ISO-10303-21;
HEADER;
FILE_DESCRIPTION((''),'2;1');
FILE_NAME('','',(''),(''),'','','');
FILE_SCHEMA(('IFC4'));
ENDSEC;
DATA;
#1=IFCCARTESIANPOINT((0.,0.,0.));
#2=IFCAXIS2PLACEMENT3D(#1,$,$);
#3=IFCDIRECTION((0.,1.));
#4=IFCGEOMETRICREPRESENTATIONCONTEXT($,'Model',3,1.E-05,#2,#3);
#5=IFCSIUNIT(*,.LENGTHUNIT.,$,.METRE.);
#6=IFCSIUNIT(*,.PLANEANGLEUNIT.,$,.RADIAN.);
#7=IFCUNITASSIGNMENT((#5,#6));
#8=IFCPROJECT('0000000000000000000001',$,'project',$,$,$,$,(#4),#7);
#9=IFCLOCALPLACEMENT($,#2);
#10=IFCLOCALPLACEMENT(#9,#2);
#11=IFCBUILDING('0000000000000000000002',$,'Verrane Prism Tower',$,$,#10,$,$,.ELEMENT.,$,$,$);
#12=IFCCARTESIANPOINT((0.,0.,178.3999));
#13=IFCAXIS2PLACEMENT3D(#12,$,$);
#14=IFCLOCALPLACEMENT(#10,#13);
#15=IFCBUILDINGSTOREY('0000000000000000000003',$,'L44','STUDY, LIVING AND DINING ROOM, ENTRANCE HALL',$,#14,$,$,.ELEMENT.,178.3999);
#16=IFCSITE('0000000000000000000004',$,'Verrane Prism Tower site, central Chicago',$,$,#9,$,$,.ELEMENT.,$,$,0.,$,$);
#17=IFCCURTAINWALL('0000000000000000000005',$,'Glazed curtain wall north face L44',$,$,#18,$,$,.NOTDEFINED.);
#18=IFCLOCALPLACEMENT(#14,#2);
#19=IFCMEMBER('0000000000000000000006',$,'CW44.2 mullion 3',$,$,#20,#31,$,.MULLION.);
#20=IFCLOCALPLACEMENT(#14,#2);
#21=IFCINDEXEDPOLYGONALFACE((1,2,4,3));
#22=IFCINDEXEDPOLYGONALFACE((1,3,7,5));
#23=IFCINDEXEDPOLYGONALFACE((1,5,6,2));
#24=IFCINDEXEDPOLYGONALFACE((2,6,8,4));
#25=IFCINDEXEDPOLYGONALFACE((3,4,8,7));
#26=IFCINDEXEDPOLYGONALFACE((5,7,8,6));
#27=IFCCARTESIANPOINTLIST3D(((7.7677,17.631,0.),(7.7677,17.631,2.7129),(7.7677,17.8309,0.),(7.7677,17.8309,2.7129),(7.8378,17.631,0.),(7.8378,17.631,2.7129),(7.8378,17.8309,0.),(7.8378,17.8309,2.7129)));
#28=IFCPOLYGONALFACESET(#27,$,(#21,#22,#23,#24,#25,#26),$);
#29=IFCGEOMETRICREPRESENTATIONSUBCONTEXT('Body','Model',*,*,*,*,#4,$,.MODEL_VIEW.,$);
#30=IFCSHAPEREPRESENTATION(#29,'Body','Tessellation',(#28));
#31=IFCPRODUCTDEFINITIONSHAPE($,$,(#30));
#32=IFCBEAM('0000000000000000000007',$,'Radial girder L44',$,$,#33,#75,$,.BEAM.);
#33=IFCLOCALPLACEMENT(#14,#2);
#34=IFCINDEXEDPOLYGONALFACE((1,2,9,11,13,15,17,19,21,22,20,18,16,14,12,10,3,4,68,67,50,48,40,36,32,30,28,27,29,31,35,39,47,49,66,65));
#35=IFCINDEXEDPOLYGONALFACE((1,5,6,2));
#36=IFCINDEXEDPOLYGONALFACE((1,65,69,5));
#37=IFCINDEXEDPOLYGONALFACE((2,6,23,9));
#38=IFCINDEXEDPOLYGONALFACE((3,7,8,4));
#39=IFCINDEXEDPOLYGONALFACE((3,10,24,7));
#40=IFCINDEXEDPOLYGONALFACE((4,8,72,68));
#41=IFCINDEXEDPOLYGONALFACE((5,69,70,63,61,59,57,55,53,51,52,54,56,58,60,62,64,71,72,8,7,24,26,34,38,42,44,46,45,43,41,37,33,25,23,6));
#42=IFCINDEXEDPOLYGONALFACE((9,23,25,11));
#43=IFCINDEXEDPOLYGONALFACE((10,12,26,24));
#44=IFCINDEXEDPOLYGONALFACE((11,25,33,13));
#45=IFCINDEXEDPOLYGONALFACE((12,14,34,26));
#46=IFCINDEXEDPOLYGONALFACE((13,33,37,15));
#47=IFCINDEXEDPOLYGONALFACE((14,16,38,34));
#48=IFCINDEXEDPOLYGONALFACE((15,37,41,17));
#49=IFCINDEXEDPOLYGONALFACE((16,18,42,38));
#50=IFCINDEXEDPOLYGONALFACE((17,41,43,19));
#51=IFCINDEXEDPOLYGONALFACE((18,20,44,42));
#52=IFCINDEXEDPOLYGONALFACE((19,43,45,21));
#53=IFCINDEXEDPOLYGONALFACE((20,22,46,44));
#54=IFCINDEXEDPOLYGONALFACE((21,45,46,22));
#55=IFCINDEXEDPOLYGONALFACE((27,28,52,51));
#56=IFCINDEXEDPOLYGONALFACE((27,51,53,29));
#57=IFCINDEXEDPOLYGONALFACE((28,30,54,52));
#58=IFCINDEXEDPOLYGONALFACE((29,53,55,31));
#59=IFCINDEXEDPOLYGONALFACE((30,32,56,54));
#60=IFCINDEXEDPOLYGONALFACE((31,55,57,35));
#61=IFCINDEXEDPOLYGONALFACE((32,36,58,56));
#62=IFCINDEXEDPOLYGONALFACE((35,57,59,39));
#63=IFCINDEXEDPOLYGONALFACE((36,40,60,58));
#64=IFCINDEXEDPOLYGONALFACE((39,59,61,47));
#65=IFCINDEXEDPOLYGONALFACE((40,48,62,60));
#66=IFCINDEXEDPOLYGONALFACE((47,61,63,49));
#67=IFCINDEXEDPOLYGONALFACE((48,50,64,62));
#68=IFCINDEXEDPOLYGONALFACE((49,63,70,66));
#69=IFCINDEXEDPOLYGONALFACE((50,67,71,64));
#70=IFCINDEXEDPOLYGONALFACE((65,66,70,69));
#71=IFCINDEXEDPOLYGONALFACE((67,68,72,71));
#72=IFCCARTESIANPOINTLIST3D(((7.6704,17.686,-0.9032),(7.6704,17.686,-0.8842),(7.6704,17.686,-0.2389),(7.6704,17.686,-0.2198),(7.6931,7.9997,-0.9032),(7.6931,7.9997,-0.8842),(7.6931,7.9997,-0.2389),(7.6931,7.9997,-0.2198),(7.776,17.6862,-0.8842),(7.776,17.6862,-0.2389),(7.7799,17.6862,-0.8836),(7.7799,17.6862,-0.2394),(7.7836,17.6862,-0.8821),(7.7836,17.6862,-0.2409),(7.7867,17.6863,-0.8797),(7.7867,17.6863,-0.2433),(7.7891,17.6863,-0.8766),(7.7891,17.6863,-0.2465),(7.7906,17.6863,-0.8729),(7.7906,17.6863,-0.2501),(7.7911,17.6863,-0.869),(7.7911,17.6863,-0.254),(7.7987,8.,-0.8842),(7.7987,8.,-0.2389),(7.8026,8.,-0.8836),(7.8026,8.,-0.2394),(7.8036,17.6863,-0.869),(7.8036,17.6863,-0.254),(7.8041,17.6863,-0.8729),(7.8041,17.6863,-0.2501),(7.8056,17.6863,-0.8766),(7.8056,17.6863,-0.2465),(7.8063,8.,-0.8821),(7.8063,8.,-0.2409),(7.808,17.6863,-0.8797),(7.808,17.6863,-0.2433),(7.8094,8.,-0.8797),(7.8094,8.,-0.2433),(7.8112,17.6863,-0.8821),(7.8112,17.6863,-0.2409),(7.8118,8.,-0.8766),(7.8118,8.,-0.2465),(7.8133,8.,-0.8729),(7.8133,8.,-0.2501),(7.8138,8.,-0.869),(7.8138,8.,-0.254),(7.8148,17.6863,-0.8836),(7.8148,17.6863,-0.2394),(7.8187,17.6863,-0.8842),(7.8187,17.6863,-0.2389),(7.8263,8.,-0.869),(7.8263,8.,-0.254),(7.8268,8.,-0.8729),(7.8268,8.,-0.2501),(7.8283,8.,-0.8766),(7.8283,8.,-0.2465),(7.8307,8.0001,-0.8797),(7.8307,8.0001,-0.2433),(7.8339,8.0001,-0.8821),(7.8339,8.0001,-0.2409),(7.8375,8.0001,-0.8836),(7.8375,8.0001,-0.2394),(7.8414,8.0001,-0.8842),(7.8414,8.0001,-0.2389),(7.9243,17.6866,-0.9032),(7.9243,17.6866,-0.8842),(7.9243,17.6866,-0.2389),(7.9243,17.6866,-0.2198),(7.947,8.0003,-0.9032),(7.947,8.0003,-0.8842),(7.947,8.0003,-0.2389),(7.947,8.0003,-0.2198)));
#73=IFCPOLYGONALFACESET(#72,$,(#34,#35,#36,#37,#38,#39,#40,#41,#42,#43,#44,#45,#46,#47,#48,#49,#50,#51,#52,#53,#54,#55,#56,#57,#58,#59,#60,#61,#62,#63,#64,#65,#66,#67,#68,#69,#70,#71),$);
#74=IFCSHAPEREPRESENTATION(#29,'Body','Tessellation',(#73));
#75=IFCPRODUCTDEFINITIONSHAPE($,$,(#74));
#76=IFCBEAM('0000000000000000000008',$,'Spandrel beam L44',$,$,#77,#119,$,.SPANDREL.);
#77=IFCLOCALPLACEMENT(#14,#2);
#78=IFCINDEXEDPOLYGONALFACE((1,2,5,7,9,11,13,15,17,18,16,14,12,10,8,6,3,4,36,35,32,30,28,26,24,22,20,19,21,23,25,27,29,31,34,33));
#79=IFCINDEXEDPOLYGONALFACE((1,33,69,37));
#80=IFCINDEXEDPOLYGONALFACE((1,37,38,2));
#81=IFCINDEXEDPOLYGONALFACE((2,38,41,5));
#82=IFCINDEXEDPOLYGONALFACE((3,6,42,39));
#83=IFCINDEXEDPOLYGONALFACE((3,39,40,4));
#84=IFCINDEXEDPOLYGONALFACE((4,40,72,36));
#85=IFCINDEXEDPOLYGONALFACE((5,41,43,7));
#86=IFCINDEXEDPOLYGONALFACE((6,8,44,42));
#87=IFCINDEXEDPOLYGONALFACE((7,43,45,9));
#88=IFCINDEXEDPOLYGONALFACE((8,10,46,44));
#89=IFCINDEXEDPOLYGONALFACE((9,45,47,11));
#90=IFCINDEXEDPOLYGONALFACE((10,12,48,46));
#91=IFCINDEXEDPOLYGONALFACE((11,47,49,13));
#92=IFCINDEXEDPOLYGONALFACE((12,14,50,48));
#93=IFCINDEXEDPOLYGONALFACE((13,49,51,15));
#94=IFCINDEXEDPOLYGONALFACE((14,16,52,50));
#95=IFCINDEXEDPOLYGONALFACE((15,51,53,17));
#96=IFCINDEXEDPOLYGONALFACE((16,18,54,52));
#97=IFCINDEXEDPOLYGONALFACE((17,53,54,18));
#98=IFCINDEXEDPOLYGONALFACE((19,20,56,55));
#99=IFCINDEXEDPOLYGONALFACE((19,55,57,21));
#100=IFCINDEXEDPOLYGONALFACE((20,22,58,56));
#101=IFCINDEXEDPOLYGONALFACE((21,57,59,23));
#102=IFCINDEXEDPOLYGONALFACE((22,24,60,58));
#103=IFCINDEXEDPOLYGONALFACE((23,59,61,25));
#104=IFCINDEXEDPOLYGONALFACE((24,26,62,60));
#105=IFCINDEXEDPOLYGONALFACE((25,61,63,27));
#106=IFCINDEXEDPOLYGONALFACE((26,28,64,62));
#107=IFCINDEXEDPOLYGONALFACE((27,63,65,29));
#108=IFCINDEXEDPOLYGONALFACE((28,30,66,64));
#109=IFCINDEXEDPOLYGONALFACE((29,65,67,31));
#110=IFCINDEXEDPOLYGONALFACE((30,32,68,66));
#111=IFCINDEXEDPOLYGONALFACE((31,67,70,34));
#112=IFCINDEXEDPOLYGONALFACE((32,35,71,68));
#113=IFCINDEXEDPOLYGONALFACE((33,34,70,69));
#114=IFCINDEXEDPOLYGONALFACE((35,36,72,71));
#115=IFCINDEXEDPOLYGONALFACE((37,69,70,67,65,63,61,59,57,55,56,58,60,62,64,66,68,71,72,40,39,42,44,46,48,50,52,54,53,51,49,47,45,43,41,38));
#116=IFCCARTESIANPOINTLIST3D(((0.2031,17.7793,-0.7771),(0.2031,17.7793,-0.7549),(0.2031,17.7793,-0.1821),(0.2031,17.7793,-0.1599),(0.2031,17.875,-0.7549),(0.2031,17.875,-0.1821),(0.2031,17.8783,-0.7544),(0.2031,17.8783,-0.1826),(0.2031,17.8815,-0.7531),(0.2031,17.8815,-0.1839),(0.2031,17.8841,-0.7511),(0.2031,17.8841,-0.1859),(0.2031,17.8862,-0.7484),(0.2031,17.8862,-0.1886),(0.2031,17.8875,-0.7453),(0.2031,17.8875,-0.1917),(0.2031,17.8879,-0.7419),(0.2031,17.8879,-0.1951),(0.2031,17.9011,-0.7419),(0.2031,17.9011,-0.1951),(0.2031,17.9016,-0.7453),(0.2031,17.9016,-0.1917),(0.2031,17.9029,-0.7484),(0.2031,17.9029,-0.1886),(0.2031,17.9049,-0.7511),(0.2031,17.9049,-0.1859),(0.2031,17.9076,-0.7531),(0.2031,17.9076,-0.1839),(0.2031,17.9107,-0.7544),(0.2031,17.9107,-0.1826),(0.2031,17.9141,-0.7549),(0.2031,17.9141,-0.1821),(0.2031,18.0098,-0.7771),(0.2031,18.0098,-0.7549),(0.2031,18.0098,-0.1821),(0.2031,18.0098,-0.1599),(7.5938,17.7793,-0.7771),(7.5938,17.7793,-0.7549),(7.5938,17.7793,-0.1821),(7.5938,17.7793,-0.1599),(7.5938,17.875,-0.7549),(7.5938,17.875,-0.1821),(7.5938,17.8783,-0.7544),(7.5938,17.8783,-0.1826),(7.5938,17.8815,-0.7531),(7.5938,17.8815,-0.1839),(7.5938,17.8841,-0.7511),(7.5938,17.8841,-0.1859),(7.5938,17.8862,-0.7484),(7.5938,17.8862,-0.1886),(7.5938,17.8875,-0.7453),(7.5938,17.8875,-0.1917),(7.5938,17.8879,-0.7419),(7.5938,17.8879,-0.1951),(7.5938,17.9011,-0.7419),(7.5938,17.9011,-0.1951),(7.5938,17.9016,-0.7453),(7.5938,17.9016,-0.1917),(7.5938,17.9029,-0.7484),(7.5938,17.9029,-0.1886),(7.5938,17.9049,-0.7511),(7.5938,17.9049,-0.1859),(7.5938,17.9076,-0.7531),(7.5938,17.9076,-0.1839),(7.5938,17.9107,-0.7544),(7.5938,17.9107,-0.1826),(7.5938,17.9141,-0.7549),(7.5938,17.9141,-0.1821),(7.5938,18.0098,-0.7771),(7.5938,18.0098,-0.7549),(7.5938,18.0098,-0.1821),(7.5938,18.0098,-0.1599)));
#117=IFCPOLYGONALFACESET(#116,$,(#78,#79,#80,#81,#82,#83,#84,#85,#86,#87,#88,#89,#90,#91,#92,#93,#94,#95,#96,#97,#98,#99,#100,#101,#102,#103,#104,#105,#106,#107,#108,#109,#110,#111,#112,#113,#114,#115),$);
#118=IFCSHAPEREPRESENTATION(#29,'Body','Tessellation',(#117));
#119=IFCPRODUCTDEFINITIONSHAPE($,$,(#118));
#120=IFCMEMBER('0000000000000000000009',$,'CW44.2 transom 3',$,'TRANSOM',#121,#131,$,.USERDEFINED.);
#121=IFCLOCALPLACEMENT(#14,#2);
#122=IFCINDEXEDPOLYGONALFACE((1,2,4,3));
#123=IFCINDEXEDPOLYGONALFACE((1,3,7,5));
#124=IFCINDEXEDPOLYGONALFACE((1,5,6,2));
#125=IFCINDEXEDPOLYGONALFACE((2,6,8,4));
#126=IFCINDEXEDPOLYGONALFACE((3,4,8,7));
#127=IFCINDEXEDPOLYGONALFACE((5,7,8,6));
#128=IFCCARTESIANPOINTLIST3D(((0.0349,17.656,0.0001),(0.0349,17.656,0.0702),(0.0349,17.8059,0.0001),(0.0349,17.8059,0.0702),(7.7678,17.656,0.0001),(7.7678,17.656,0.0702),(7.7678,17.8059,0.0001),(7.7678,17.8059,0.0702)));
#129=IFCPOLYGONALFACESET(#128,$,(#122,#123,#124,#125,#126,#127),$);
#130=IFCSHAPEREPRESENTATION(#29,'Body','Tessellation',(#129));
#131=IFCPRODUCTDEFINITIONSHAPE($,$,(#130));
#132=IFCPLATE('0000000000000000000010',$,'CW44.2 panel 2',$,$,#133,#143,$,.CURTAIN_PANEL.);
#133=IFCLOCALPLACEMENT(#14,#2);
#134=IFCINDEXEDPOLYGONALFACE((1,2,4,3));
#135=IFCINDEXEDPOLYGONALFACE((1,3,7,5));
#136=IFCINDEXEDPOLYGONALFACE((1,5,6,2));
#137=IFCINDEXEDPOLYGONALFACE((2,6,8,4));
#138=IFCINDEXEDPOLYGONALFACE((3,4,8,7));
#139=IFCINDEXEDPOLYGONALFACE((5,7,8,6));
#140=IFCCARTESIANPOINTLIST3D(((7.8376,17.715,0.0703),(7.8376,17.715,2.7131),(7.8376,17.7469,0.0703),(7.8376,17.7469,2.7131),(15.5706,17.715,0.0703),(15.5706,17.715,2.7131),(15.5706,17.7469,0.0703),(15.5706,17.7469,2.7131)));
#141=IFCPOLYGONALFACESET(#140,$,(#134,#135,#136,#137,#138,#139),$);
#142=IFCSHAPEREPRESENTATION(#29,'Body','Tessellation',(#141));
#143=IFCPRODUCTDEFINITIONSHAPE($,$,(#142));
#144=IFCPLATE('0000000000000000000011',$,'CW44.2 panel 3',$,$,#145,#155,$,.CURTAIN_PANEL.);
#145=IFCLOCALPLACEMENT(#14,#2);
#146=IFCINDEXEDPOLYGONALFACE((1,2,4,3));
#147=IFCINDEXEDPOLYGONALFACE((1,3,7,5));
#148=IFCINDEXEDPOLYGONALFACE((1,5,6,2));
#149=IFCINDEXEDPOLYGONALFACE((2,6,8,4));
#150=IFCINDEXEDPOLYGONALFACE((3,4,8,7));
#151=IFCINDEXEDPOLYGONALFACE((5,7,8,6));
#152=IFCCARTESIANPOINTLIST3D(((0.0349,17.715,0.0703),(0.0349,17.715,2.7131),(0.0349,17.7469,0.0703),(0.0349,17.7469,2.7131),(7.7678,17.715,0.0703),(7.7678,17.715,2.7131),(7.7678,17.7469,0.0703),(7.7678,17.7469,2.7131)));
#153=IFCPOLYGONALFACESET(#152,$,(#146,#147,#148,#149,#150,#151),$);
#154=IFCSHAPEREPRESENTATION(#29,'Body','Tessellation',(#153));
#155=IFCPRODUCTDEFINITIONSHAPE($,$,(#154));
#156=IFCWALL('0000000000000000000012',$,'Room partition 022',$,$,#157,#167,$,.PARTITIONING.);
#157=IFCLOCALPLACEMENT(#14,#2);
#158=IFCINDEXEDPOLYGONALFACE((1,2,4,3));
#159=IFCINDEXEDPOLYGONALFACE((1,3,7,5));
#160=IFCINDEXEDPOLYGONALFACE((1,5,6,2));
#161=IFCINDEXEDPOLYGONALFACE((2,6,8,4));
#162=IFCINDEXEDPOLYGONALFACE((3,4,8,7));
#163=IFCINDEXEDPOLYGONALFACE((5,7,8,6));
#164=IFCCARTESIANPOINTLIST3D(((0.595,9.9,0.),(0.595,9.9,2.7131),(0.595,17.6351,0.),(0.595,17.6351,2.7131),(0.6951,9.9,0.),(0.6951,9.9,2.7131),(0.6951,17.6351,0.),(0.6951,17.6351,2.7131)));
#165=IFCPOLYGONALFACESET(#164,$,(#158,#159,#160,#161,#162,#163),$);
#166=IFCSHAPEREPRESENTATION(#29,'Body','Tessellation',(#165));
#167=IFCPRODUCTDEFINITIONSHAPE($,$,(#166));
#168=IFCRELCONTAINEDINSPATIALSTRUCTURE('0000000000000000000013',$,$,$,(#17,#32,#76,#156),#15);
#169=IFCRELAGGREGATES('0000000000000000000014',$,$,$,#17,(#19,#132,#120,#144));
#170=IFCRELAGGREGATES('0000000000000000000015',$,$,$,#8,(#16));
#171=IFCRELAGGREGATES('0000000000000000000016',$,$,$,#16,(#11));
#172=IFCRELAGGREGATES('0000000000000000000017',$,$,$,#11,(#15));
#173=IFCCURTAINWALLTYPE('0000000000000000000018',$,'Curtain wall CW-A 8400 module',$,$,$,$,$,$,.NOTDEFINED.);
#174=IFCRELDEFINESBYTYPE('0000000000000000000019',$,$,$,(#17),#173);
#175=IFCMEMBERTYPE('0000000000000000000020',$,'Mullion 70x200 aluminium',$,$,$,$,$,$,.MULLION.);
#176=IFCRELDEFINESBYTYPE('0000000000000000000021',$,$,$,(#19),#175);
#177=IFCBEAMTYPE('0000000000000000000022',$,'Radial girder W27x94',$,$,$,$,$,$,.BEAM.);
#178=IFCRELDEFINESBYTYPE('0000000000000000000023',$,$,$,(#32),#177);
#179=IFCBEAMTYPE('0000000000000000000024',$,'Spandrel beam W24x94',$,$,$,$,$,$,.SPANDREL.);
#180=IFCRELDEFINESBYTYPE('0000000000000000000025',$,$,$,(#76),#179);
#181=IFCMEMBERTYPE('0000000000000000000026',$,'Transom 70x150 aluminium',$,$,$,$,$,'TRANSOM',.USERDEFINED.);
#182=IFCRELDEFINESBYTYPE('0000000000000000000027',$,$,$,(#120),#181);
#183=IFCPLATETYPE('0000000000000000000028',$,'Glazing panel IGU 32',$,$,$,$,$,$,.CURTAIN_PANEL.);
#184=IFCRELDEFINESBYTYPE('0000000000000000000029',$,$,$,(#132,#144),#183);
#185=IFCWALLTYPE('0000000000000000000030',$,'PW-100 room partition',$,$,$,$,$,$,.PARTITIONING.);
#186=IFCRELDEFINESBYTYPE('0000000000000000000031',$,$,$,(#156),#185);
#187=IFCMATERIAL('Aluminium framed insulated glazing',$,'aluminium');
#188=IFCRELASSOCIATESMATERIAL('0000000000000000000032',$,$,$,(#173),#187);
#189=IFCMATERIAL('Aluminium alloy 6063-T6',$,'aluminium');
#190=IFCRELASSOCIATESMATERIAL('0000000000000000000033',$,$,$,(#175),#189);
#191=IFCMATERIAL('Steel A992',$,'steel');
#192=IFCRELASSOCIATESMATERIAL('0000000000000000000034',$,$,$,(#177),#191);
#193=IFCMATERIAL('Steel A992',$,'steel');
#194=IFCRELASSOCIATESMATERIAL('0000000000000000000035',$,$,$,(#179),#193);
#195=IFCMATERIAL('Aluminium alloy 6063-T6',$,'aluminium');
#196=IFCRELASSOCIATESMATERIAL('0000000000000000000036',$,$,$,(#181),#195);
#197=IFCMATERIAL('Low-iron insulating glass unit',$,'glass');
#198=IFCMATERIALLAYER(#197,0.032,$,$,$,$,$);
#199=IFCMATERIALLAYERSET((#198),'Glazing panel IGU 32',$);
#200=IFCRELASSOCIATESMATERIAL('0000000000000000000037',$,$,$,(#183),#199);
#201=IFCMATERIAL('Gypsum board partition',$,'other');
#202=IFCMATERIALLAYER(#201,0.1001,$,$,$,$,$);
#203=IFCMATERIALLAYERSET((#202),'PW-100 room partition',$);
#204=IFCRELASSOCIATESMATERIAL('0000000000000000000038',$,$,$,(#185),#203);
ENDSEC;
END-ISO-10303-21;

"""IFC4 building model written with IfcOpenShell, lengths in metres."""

from ifc_helpers import new_model, si_unit, direction, frame, frame_2d, origin, origin_2d, place, context, subcontext, project, spatial, rectangle, i_section, extrude, material, layer, layer_set, material_profile, profile_set, type_object, element, aggregate, save


model = new_model("IFC4")

# Units and contexts
model_context = context("Model", 3, precision=1e-05, world=origin(), true_north=direction((0.0, 1.0)))
body_context = subcontext(model_context, "Body", "Model", "MODEL_VIEW")
ifc_project = project(units=[si_unit("LENGTHUNIT", "METRE"), si_unit("PLANEANGLEUNIT", "RADIAN")], contexts=[model_context])

# Site, building, storey
site_placement = place(None, origin())
site = spatial("IfcSite", under=ifc_project, at=site_placement, Name="Verrane Prism Tower site, central Chicago", CompositionType="ELEMENT", RefElevation=0.0)
building_placement = place(site_placement, origin())
building = spatial("IfcBuilding", under=site, at=building_placement, Name="Verrane Prism Tower", CompositionType="ELEMENT")
storey_placement = place(building_placement, frame((0.0, 0.0, 178.3999)))
storey = spatial("IfcBuildingStorey", under=building, at=storey_placement, Name="L44", Description="STUDY, LIVING AND DINING ROOM, ENTRANCE HALL", CompositionType="ELEMENT", Elevation=178.3999)

# Curtain wall, member
ifc_material_1 = material(Name="Aluminium framed insulated glazing", Category="aluminium")
curtain_wall_type = type_object("IfcCurtainWallType", Name="Curtain wall CW-A 8400 module", PredefinedType="NOTDEFINED", material=ifc_material_1)
curtain_wall_placement = place(storey_placement, origin())
curtain_wall = element("IfcCurtainWall", 1, at=curtain_wall_placement, inside=storey, type_object=curtain_wall_type, Name="Glazed curtain wall north face L44", PredefinedType="NOTDEFINED")
ifc_material_2 = material(Name="Aluminium alloy 6063-T6", Category="aluminium")
ifc_material_profile_1 = material_profile(ifc_material_2, rectangle(XDim=0.2, YDim=0.0701, at=origin_2d()), Name="Mullion 70x200 aluminium")
ifc_profile_set_1 = profile_set([ifc_material_profile_1], Name="Aluminium alloy 6063-T6")
member_type_1 = type_object("IfcMemberType", Name="Mullion 70x200 aluminium", PredefinedType="MULLION", material=ifc_profile_set_1)
member_1_placement = place(storey_placement, frame((7.8027, 17.731, 0.0), z_axis=(0.0, 0.0, 1.0), x_axis=(0.0, -1.0, 0.0)))
member_1 = element("IfcMember", 2, at=member_1_placement, type_object=member_type_1, Name="CW44.2 mullion 3", PredefinedType="MULLION", context=body_context, shape_type="SweptSolid", body=[
    extrude(rectangle(XDim=0.2, YDim=0.0701, at=origin_2d()), origin(), (0.0, 0.0, 1.0), 2.7129),
])

# Beams
ifc_material_3 = material(Name="Steel A992", Category="steel")
ifc_material_profile_2 = material_profile(ifc_material_3, i_section(OverallWidth=0.2539, OverallDepth=0.6833, WebThickness=0.0125, FlangeThickness=0.019, FilletRadius=0.0151, at=origin_2d()), Name="W27x94")
ifc_profile_set_2 = profile_set([ifc_material_profile_2], Name="Steel A992")
beam_type_1 = type_object("IfcBeamType", Name="Radial girder W27x94", PredefinedType="BEAM", material=ifc_profile_set_2)
beam_1_placement = place(storey_placement, frame((7.7974, 17.6863, -0.5615), z_axis=(0.002344, -0.999997, 0.0), x_axis=(0.999997, 0.002344, 0.0)))
element("IfcBeam", 3, at=beam_1_placement, inside=storey, type_object=beam_type_1, Name="Radial girder L44", PredefinedType="BEAM", context=body_context, shape_type="SweptSolid", body=[
    extrude(i_section(OverallWidth=0.2539, OverallDepth=0.6833, WebThickness=0.0125, FlangeThickness=0.019, FilletRadius=0.0151, at=origin_2d()), origin(), (0.0, 0.0, 1.0), 9.6863),
])
ifc_material_4 = material(Name="Steel A992", Category="steel")
ifc_material_profile_3 = material_profile(ifc_material_4, i_section(OverallWidth=0.2305, OverallDepth=0.6172, WebThickness=0.0132, FlangeThickness=0.0222, FilletRadius=0.0129, at=origin_2d()), Name="W24x94")
ifc_profile_set_3 = profile_set([ifc_material_profile_3], Name="Steel A992")
beam_type_2 = type_object("IfcBeamType", Name="Spandrel beam W24x94", PredefinedType="SPANDREL", material=ifc_profile_set_3)
beam_2_placement = place(storey_placement, frame((7.5938, 17.8945, -0.4685), z_axis=(-1.0, 0.0, 0.0), x_axis=(0.0, -1.0, 0.0)))
element("IfcBeam", 4, at=beam_2_placement, inside=storey, type_object=beam_type_2, Name="Spandrel beam L44", PredefinedType="SPANDREL", context=body_context, shape_type="SweptSolid", body=[
    extrude(i_section(OverallWidth=0.2305, OverallDepth=0.6172, WebThickness=0.0132, FlangeThickness=0.0222, FilletRadius=0.0129, at=origin_2d()), origin(), (0.0, 0.0, 1.0), 7.3906),
])

# Member
ifc_material_5 = material(Name="Aluminium alloy 6063-T6", Category="aluminium")
ifc_material_profile_4 = material_profile(ifc_material_5, rectangle(XDim=0.1499, YDim=0.0701, at=origin_2d()), Name="Transom 70x150 aluminium")
ifc_profile_set_4 = profile_set([ifc_material_profile_4], Name="Aluminium alloy 6063-T6")
member_type_2 = type_object("IfcMemberType", Name="Transom 70x150 aluminium", ElementType="TRANSOM", PredefinedType="USERDEFINED", material=ifc_profile_set_4)
member_2_placement = place(storey_placement, frame((7.7678, 17.731, 0.0352), z_axis=(-1.0, 0.0, 0.0), x_axis=(0.0, -1.0, 0.0)))
member_2 = element("IfcMember", 5, at=member_2_placement, type_object=member_type_2, Name="CW44.2 transom 3", ObjectType="TRANSOM", PredefinedType="USERDEFINED", context=body_context, shape_type="SweptSolid", body=[
    extrude(rectangle(XDim=0.1499, YDim=0.0701, at=origin_2d()), origin(), (0.0, 0.0, 1.0), 7.7329),
])

# Plates
ifc_material_6 = material(Name="Low-iron insulating glass unit", Category="glass")
ifc_layer_1 = layer(ifc_material_6, 0.032)
ifc_layer_set_1 = layer_set([ifc_layer_1], Name="Glazing panel IGU 32")
plate_type = type_object("IfcPlateType", Name="Glazing panel IGU 32", PredefinedType="CURTAIN_PANEL", material=ifc_layer_set_1)
plate_1_placement = place(storey_placement, frame((11.7041, 17.731, 0.0703), z_axis=(0.0, 0.0, 1.0), x_axis=(-1.0, 0.0, 0.0)))
plate_1 = element("IfcPlate", 6, at=plate_1_placement, type_object=plate_type, Name="CW44.2 panel 2", PredefinedType="CURTAIN_PANEL", context=body_context, shape_type="SweptSolid", body=[
    extrude(rectangle(XDim=7.7329, YDim=0.032, at=origin_2d()), origin(), (0.0, 0.0, 1.0), 2.6428),
])
plate_2_placement = place(storey_placement, frame((3.9014, 17.731, 0.0703), z_axis=(0.0, 0.0, 1.0), x_axis=(-1.0, 0.0, 0.0)))
plate_2 = element("IfcPlate", 7, at=plate_2_placement, type_object=plate_type, Name="CW44.2 panel 3", PredefinedType="CURTAIN_PANEL", context=body_context, shape_type="SweptSolid", body=[
    extrude(rectangle(XDim=7.7329, YDim=0.032, at=origin_2d()), origin(), (0.0, 0.0, 1.0), 2.6428),
])
aggregate(curtain_wall, [member_1, plate_1, member_2, plate_2])

# Wall
ifc_material_7 = material(Name="Gypsum board partition", Category="other")
ifc_layer_2 = layer(ifc_material_7, 0.1001)
ifc_layer_set_2 = layer_set([ifc_layer_2], Name="PW-100 room partition")
wall_type_1 = type_object("IfcWallType", Name="PW-100 room partition", PredefinedType="PARTITIONING", material=ifc_layer_set_2)
wall_1_placement = place(storey_placement, frame((0.645, 9.8999, 0.0), z_axis=(0.0, 0.0, 1.0), x_axis=(0.0, 1.0, 0.0)))
element("IfcWall", 8, at=wall_1_placement, inside=storey, type_object=wall_type_1, Name="Room partition 022", PredefinedType="PARTITIONING", context=body_context, shape_type="SweptSolid", body=[
    extrude(rectangle(XDim=7.7351, YDim=0.1001, at=frame_2d((3.8677, 0.0))), origin(), (0.0, 0.0, 1.0), 2.7131),
])

save(model, "model.ifc")
